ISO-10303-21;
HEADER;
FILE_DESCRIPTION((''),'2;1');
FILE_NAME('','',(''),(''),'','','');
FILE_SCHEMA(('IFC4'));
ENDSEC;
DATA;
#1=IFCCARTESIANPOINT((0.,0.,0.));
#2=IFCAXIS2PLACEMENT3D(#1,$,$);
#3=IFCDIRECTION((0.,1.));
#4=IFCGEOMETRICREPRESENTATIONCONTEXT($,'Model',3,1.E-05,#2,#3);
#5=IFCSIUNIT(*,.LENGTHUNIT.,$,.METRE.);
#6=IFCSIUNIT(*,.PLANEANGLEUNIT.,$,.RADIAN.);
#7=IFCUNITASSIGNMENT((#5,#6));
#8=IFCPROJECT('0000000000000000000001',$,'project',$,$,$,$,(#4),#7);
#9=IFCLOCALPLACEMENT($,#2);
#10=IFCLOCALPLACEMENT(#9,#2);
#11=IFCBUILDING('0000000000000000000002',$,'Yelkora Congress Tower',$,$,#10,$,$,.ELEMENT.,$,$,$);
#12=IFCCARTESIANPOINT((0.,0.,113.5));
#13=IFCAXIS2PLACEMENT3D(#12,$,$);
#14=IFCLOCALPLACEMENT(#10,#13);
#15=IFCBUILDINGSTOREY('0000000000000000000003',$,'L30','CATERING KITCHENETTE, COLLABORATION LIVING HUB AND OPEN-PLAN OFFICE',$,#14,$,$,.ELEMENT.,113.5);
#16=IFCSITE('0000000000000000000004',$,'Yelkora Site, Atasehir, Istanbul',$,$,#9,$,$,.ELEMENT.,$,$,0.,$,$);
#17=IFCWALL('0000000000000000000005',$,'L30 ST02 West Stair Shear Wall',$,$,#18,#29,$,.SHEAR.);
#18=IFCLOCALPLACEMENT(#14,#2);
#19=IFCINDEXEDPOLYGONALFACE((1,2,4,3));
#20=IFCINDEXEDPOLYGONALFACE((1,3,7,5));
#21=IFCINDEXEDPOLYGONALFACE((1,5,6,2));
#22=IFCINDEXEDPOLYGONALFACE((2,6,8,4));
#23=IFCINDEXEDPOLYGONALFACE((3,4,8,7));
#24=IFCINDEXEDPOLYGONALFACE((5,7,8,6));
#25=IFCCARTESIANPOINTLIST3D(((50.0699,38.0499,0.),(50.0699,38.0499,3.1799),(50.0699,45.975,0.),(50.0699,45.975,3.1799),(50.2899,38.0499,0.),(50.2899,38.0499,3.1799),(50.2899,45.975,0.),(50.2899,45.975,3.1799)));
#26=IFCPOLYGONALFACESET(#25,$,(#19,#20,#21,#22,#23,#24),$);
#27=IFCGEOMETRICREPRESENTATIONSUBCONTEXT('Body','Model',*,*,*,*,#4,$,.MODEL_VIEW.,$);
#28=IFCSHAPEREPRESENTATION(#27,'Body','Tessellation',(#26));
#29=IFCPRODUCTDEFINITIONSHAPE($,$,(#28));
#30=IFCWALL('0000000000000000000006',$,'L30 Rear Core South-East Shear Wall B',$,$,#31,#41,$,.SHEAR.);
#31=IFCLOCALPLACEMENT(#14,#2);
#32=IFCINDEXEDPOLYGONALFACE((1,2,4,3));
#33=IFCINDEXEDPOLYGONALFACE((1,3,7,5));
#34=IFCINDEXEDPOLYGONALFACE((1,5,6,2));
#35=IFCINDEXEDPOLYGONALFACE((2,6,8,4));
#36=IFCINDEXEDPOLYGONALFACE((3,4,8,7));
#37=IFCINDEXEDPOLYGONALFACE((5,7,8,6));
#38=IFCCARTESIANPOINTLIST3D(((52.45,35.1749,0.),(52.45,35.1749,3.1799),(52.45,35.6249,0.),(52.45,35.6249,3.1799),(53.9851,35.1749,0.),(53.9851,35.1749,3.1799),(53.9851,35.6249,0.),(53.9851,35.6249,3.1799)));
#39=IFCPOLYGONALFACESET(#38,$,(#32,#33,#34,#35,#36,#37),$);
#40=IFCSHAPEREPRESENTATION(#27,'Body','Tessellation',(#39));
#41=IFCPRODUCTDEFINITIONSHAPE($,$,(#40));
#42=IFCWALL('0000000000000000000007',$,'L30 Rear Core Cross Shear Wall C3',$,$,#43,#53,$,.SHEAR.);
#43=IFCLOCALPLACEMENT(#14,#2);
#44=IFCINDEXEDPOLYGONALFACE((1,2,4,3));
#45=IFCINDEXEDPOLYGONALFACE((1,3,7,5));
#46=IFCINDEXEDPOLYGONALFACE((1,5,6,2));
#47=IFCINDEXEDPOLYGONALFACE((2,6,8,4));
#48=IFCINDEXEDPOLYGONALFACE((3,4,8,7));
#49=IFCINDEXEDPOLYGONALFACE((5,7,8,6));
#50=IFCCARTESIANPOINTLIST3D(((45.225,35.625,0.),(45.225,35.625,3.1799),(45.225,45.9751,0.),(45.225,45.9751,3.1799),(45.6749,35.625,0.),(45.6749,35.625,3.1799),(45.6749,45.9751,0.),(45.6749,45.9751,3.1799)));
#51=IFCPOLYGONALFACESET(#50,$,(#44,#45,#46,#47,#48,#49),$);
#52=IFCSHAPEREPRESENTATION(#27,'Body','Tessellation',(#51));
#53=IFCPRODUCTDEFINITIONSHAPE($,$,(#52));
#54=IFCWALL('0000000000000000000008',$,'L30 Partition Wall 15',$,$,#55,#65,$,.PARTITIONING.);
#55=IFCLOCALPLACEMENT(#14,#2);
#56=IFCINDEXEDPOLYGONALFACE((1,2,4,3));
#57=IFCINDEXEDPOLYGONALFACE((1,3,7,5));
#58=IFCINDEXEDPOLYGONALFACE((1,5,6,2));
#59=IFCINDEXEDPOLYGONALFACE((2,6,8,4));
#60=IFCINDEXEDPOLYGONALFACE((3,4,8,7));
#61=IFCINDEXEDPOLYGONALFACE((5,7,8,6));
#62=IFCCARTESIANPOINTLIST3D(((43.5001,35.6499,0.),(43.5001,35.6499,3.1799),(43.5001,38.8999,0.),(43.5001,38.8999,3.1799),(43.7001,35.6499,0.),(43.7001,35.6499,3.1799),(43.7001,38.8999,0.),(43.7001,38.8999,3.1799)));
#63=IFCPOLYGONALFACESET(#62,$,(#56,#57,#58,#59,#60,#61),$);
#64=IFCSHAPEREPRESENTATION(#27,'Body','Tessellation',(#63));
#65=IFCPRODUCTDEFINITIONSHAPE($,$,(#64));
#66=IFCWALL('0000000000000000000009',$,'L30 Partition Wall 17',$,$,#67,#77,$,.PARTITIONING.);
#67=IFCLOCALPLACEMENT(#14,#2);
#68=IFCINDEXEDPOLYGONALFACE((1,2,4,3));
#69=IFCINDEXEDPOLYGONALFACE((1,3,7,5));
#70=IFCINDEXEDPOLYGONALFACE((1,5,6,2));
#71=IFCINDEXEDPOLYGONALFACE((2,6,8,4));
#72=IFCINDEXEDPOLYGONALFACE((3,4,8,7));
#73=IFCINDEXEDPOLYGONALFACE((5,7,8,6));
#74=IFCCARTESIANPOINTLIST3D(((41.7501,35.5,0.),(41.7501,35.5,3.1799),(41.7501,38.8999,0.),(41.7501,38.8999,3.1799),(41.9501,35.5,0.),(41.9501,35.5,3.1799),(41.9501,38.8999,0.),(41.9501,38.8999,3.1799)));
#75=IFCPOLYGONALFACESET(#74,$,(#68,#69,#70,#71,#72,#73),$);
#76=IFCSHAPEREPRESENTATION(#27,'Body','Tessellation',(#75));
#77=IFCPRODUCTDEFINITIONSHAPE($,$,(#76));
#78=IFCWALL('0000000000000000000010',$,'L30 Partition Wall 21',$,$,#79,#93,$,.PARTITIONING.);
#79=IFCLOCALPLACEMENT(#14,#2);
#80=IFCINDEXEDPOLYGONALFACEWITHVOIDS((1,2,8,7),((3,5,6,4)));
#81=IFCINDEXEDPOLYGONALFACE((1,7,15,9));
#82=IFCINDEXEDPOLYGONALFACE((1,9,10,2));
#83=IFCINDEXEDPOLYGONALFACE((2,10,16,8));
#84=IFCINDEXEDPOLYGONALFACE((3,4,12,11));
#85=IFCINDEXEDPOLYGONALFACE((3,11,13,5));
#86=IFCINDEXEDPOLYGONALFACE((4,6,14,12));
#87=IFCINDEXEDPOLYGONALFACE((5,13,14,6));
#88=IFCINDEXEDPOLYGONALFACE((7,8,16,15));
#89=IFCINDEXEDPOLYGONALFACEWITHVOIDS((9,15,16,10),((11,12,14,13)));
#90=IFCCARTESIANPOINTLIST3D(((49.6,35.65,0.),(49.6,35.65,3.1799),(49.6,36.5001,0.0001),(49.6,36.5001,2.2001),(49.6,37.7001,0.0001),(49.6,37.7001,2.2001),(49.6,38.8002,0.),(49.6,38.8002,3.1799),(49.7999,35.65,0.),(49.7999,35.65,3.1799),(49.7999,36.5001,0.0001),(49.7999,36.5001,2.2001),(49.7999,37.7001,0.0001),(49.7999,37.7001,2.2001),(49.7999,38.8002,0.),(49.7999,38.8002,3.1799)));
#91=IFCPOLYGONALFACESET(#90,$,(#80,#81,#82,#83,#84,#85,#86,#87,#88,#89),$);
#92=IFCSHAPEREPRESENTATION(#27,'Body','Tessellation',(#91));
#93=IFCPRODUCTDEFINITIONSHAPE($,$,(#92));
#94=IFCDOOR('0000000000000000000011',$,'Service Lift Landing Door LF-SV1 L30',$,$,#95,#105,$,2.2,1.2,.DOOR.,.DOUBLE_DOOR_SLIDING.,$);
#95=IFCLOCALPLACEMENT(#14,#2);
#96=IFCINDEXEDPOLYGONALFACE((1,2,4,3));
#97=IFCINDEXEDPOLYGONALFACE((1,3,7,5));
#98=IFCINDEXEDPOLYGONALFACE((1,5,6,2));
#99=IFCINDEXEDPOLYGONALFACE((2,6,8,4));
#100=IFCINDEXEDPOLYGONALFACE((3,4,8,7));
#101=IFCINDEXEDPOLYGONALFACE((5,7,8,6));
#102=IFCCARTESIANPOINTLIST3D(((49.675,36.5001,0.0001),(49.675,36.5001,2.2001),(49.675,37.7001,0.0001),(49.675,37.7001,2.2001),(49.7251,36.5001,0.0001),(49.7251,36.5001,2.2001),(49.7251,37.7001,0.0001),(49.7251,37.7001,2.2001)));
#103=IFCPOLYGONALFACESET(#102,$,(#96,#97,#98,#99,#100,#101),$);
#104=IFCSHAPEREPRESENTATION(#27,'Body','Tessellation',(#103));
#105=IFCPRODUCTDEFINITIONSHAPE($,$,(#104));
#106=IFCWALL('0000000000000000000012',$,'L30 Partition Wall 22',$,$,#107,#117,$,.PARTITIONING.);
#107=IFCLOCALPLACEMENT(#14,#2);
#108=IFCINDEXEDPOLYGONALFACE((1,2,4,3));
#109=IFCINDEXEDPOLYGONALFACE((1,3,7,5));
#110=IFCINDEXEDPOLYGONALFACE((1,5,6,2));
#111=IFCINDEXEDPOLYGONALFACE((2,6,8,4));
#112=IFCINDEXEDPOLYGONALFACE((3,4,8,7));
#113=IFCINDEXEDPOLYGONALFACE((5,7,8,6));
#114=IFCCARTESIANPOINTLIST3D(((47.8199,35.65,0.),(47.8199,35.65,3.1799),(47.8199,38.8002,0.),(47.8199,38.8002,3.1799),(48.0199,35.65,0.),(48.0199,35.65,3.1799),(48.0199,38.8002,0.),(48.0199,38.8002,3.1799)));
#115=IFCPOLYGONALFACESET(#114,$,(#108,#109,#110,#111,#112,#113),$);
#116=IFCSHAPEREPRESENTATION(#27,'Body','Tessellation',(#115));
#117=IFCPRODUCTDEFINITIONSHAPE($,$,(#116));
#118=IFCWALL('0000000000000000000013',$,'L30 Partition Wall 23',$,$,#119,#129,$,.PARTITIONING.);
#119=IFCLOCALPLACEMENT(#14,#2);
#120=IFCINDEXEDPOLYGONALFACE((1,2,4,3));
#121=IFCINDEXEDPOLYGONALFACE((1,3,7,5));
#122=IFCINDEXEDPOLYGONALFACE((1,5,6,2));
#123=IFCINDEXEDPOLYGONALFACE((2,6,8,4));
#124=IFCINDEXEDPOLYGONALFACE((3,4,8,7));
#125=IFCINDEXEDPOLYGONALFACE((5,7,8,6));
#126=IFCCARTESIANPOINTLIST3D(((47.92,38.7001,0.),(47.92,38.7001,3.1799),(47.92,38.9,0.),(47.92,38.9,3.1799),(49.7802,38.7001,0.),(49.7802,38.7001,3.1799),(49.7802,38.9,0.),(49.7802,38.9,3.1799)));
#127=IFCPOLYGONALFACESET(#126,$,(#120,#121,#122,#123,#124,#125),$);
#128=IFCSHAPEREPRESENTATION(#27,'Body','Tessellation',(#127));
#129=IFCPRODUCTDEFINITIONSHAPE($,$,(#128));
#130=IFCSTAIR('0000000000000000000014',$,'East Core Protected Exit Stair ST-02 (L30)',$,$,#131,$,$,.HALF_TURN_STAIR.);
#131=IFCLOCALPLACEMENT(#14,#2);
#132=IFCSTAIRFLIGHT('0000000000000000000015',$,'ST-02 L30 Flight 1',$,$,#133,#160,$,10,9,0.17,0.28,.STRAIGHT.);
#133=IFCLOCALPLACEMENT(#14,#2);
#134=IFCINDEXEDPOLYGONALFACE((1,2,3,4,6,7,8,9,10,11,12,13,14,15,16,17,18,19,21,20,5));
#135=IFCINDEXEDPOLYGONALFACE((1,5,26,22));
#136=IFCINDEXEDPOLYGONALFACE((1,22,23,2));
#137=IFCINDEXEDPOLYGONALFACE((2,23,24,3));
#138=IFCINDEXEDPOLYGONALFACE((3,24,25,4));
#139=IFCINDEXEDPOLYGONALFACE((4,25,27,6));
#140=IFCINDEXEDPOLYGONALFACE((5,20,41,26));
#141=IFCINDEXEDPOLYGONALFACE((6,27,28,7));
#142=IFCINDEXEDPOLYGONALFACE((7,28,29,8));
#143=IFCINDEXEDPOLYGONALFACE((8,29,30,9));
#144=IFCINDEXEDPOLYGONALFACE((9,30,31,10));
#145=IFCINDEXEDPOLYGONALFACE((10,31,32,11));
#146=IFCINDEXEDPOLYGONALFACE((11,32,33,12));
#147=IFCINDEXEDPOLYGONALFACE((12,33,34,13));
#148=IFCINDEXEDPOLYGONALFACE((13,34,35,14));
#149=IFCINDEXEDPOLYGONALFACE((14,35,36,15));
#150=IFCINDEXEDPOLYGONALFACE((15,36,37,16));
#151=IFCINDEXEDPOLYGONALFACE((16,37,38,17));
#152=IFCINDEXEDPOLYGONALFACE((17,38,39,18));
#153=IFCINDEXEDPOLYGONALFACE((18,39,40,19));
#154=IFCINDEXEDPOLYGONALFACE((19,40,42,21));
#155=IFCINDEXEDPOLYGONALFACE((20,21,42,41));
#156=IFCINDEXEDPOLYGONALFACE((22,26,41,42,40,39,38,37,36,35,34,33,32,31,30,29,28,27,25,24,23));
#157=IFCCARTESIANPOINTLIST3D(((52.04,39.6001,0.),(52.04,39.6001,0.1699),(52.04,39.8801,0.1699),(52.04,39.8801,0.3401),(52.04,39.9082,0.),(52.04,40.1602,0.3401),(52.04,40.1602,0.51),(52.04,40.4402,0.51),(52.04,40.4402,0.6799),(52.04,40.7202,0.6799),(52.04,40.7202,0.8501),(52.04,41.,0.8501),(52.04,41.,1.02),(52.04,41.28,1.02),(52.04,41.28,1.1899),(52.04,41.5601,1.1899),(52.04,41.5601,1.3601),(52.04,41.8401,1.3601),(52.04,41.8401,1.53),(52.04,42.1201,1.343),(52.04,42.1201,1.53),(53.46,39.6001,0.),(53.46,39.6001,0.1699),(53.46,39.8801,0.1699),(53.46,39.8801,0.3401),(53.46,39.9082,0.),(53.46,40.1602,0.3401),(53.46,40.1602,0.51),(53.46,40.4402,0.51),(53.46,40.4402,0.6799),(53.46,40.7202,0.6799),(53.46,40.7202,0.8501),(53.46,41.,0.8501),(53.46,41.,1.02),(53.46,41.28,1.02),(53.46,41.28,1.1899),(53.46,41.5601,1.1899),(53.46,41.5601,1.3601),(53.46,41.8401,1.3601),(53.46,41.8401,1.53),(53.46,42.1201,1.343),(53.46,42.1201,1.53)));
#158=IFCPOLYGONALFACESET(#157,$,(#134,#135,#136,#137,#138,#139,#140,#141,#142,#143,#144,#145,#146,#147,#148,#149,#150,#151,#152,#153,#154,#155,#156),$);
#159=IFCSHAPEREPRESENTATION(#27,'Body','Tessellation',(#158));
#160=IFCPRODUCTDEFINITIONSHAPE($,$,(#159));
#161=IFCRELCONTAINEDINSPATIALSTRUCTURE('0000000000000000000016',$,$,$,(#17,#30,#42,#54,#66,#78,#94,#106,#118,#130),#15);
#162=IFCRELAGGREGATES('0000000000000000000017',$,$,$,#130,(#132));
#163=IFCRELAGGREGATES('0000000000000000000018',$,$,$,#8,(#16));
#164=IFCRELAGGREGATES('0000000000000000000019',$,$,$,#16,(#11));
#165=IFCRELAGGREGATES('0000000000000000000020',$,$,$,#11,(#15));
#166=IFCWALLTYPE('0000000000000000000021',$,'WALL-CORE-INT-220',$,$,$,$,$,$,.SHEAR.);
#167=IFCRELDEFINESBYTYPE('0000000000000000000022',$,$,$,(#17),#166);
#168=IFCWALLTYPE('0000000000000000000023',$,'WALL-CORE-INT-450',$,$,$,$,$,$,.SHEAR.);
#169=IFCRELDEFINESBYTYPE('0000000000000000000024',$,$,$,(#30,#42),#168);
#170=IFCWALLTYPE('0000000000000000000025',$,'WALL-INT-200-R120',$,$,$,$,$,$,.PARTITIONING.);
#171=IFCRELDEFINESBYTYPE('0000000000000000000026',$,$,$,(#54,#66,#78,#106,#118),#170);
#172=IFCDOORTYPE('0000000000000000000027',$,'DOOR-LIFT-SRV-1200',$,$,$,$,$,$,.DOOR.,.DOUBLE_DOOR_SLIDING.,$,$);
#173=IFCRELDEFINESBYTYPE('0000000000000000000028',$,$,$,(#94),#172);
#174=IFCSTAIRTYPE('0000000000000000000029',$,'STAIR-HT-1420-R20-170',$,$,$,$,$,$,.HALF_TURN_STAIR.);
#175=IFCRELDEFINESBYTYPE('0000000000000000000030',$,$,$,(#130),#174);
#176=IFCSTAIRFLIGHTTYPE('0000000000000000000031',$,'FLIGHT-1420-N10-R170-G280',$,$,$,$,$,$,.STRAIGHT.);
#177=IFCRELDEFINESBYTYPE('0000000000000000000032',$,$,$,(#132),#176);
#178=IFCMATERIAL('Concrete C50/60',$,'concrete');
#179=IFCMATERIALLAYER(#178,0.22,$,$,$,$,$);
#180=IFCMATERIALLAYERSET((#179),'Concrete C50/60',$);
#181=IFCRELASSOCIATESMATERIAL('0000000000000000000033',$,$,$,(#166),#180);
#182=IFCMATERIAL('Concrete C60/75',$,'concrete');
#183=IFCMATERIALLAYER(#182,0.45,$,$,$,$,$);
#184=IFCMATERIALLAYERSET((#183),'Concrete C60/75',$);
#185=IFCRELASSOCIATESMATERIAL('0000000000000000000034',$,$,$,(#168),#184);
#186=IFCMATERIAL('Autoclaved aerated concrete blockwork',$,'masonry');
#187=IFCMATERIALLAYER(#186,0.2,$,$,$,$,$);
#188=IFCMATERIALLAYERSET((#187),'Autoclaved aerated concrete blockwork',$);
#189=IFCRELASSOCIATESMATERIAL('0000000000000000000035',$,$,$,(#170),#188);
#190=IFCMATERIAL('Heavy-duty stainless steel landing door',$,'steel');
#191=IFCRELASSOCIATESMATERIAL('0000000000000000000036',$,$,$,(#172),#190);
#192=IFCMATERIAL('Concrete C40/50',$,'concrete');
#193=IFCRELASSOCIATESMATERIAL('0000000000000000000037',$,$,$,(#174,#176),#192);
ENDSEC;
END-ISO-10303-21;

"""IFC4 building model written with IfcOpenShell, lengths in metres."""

from ifc_helpers import new_model, si_unit, direction, frame, frame_2d, origin, place, context, subcontext, project, spatial, polyline, rectangle, outline, extrude, material, layer, layer_set, type_object, element, fill, aggregate, save


model = new_model("IFC4")

# Units and contexts
model_context = context("Model", 3, precision=1e-05, world=origin(), true_north=direction((0.0, 1.0)))
body_context = subcontext(model_context, "Body", "Model", "MODEL_VIEW")
ifc_project = project(units=[si_unit("LENGTHUNIT", "METRE"), si_unit("PLANEANGLEUNIT", "RADIAN")], contexts=[model_context])

# Site, building, storey
site_placement = place(None, origin())
site = spatial("IfcSite", under=ifc_project, at=site_placement, Name="Yelkora Site, Atasehir, Istanbul", CompositionType="ELEMENT", RefElevation=0.0)
building_placement = place(site_placement, origin())
building = spatial("IfcBuilding", under=site, at=building_placement, Name="Yelkora Congress Tower", CompositionType="ELEMENT")
storey_placement = place(building_placement, frame((0.0, 0.0, 113.5)))
storey = spatial("IfcBuildingStorey", under=building, at=storey_placement, Name="L30", Description="CATERING KITCHENETTE, COLLABORATION LIVING HUB AND OPEN-PLAN OFFICE", CompositionType="ELEMENT", Elevation=113.5)

# Wall
ifc_material_1 = material(Name="Concrete C50/60", Category="concrete")
ifc_layer_1 = layer(ifc_material_1, 0.22)
ifc_layer_set_1 = layer_set([ifc_layer_1], Name="Concrete C50/60")
wall_type_1 = type_object("IfcWallType", Name="WALL-CORE-INT-220", PredefinedType="SHEAR", material=ifc_layer_set_1)
wall_1_placement = place(storey_placement, frame((50.1799, 38.05, 0.0), z_axis=(0.0, 0.0, 1.0), x_axis=(0.0, 1.0, 0.0)))
element("IfcWall", 1, at=wall_1_placement, inside=storey, type_object=wall_type_1, Name="L30 ST02 West Stair Shear Wall", PredefinedType="SHEAR", context=body_context, shape_type="SweptSolid", body=[
    extrude(rectangle(XDim=7.925, YDim=0.22, at=frame_2d((3.9624, 0.0))), origin(), (0.0, 0.0, 1.0), 3.1799),
])

# Shared definitions
ifc_material_2 = material(Name="Concrete C60/75", Category="concrete")
ifc_layer_2 = layer(ifc_material_2, 0.45)
ifc_layer_set_2 = layer_set([ifc_layer_2], Name="Concrete C60/75")
wall_type_2 = type_object("IfcWallType", Name="WALL-CORE-INT-450", PredefinedType="SHEAR", material=ifc_layer_set_2)

# Walls
wall_2_placement = place(storey_placement, frame((52.45, 35.3999, 0.0), z_axis=(0.0, 0.0, 1.0), x_axis=(1.0, 0.0, 0.0)))
element("IfcWall", 2, at=wall_2_placement, inside=storey, type_object=wall_type_2, Name="L30 Rear Core South-East Shear Wall B", PredefinedType="SHEAR", context=body_context, shape_type="SweptSolid", body=[
    extrude(rectangle(XDim=1.5352, YDim=0.45, at=frame_2d((0.7676, 0.0))), origin(), (0.0, 0.0, 1.0), 3.1799),
])
wall_3_placement = place(storey_placement, frame((45.45, 35.625, 0.0), z_axis=(0.0, 0.0, 1.0), x_axis=(0.0, 1.0, 0.0)))
element("IfcWall", 3, at=wall_3_placement, inside=storey, type_object=wall_type_2, Name="L30 Rear Core Cross Shear Wall C3", PredefinedType="SHEAR", context=body_context, shape_type="SweptSolid", body=[
    extrude(rectangle(XDim=10.3501, YDim=0.45, at=frame_2d((5.175, 0.0))), origin(), (0.0, 0.0, 1.0), 3.1799),
])

# Walls
ifc_material_3 = material(Name="Autoclaved aerated concrete blockwork", Category="masonry")
ifc_layer_3 = layer(ifc_material_3, 0.2)
ifc_layer_set_3 = layer_set([ifc_layer_3], Name="Autoclaved aerated concrete blockwork")
wall_type_3 = type_object("IfcWallType", Name="WALL-INT-200-R120", PredefinedType="PARTITIONING", material=ifc_layer_set_3)
wall_4_placement = place(storey_placement, frame((43.6001, 35.6499, 0.0), z_axis=(0.0, 0.0, 1.0), x_axis=(0.0, 1.0, 0.0)))
element("IfcWall", 4, at=wall_4_placement, inside=storey, type_object=wall_type_3, Name="L30 Partition Wall 15", PredefinedType="PARTITIONING", context=body_context, shape_type="SweptSolid", body=[
    extrude(rectangle(XDim=3.25, YDim=0.2, at=frame_2d((1.625, 0.0))), origin(), (0.0, 0.0, 1.0), 3.1799),
])
wall_5_placement = place(storey_placement, frame((41.8501, 35.5, 0.0), z_axis=(0.0, 0.0, 1.0), x_axis=(0.0, 1.0, 0.0)))
element("IfcWall", 5, at=wall_5_placement, inside=storey, type_object=wall_type_3, Name="L30 Partition Wall 17", PredefinedType="PARTITIONING", context=body_context, shape_type="SweptSolid", body=[
    extrude(rectangle(XDim=3.3999, YDim=0.2, at=frame_2d((1.7, 0.0))), origin(), (0.0, 0.0, 1.0), 3.1799),
])

# Wall, opening, door
wall_6_placement = place(storey_placement, frame((49.7, 35.6499, 0.0), z_axis=(0.0, 0.0, 1.0), x_axis=(0.0, 1.0, 0.0)))
wall_6 = element("IfcWall", 6, at=wall_6_placement, inside=storey, type_object=wall_type_3, Name="L30 Partition Wall 21", PredefinedType="PARTITIONING", context=body_context, shape_type="SweptSolid", body=[
    extrude(rectangle(XDim=3.1501, YDim=0.2, at=frame_2d((1.5752, 0.0))), origin(), (0.0, 0.0, 1.0), 3.1799),
])
opening_1_placement = place(wall_6_placement, frame((0.8501, 0.0, 0.0)))
opening_1 = element("IfcOpeningElement", 7, at=opening_1_placement, cuts=wall_6, PredefinedType="OPENING", context=body_context, shape_type="SweptSolid", body=[
    extrude(rectangle(XDim=1.2, YDim=2.2, at=frame_2d((0.6001, 1.1001))), frame((0.0, 0.1099, 0.0), z_axis=(0.0, -1.0, 0.0), x_axis=(1.0, 0.0, 0.0)), (0.0, 0.0, 1.0), 0.22),
])
ifc_material_4 = material(Name="Heavy-duty stainless steel landing door", Category="steel")
door_type_1 = type_object("IfcDoorType", Name="DOOR-LIFT-SRV-1200", OperationType="DOUBLE_DOOR_SLIDING", PredefinedType="DOOR", material=ifc_material_4)
door_1_placement = place(opening_1_placement, origin())
door_1 = element("IfcDoor", 8, at=door_1_placement, inside=storey, type_object=door_type_1, Name="Service Lift Landing Door LF-SV1 L30", OperationType="DOUBLE_DOOR_SLIDING", OverallHeight=2.2, OverallWidth=1.2, PredefinedType="DOOR", context=body_context, shape_type="SweptSolid", body=[
    extrude(rectangle(XDim=1.2, YDim=2.2, at=frame_2d((0.6001, 1.1001))), frame((0.0, 0.0249, 0.0), z_axis=(0.0, -1.0, 0.0), x_axis=(1.0, 0.0, 0.0)), (0.0, 0.0, 1.0), 0.05),
])
fill(opening_1, door_1)

# Walls
wall_7_placement = place(storey_placement, frame((47.9199, 35.6499, 0.0), z_axis=(0.0, 0.0, 1.0), x_axis=(0.0, 1.0, 0.0)))
element("IfcWall", 9, at=wall_7_placement, inside=storey, type_object=wall_type_3, Name="L30 Partition Wall 22", PredefinedType="PARTITIONING", context=body_context, shape_type="SweptSolid", body=[
    extrude(rectangle(XDim=3.1501, YDim=0.2, at=frame_2d((1.5752, 0.0))), origin(), (0.0, 0.0, 1.0), 3.1799),
])
wall_8_placement = place(storey_placement, frame((47.9199, 38.8, 0.0), z_axis=(0.0, 0.0, 1.0), x_axis=(1.0, 0.0, 0.0)))
element("IfcWall", 10, at=wall_8_placement, inside=storey, type_object=wall_type_3, Name="L30 Partition Wall 23", PredefinedType="PARTITIONING", context=body_context, shape_type="SweptSolid", body=[
    extrude(rectangle(XDim=1.8601, YDim=0.2, at=frame_2d((0.9302, 0.0))), origin(), (0.0, 0.0, 1.0), 3.1799),
])

# Stair, stair flight
ifc_material_5 = material(Name="Concrete C40/50", Category="concrete")
stair_type = type_object("IfcStairType", Name="STAIR-HT-1420-R20-170", PredefinedType="HALF_TURN_STAIR", material=ifc_material_5)
stair_placement = place(storey_placement, origin())
stair = element("IfcStair", 11, at=stair_placement, inside=storey, type_object=stair_type, Name="East Core Protected Exit Stair ST-02 (L30)", PredefinedType="HALF_TURN_STAIR")
stair_flight_type = type_object("IfcStairFlightType", Name="FLIGHT-1420-N10-R170-G280", PredefinedType="STRAIGHT", material=ifc_material_5)
stair_flight_placement = place(storey_placement, frame((52.75, 39.6001, 0.0), z_axis=(0.0, 0.0, 1.0), x_axis=(0.0, 1.0, 0.0)))
stair_flight = element("IfcStairFlight", 12, at=stair_flight_placement, type_object=stair_flight_type, Name="ST-02 L30 Flight 1", NumberOfRisers=10, NumberOfTreads=9, PredefinedType="STRAIGHT", RiserHeight=0.17, TreadLength=0.28, context=body_context, shape_type="SweptSolid", body=[
    extrude(outline(polyline([(0.0, 0.0), (0.0, 0.1699), (0.28, 0.1699), (0.28, 0.3401), (0.5601, 0.3401), (0.5601, 0.51), (0.8401, 0.51), (0.8401, 0.6799), (1.1201, 0.6799), (1.1201, 0.8501), (1.3999, 0.8501), (1.3999, 1.02), (1.6799, 1.02), (1.6799, 1.1899), (1.96, 1.1899), (1.96, 1.3601), (2.24, 1.3601), (2.24, 1.53), (2.52, 1.53), (2.52, 1.7), (2.52, 1.343), (0.3081, 0.0), (0.0, 0.0)])), frame((0.0, 0.71, 0.0), z_axis=(0.0, -1.0, 0.0), x_axis=(1.0, 0.0, 0.0)), (0.0, 0.0, 1.0), 1.4199),
])
aggregate(stair, [stair_flight])

save(model, "model.ifc")
